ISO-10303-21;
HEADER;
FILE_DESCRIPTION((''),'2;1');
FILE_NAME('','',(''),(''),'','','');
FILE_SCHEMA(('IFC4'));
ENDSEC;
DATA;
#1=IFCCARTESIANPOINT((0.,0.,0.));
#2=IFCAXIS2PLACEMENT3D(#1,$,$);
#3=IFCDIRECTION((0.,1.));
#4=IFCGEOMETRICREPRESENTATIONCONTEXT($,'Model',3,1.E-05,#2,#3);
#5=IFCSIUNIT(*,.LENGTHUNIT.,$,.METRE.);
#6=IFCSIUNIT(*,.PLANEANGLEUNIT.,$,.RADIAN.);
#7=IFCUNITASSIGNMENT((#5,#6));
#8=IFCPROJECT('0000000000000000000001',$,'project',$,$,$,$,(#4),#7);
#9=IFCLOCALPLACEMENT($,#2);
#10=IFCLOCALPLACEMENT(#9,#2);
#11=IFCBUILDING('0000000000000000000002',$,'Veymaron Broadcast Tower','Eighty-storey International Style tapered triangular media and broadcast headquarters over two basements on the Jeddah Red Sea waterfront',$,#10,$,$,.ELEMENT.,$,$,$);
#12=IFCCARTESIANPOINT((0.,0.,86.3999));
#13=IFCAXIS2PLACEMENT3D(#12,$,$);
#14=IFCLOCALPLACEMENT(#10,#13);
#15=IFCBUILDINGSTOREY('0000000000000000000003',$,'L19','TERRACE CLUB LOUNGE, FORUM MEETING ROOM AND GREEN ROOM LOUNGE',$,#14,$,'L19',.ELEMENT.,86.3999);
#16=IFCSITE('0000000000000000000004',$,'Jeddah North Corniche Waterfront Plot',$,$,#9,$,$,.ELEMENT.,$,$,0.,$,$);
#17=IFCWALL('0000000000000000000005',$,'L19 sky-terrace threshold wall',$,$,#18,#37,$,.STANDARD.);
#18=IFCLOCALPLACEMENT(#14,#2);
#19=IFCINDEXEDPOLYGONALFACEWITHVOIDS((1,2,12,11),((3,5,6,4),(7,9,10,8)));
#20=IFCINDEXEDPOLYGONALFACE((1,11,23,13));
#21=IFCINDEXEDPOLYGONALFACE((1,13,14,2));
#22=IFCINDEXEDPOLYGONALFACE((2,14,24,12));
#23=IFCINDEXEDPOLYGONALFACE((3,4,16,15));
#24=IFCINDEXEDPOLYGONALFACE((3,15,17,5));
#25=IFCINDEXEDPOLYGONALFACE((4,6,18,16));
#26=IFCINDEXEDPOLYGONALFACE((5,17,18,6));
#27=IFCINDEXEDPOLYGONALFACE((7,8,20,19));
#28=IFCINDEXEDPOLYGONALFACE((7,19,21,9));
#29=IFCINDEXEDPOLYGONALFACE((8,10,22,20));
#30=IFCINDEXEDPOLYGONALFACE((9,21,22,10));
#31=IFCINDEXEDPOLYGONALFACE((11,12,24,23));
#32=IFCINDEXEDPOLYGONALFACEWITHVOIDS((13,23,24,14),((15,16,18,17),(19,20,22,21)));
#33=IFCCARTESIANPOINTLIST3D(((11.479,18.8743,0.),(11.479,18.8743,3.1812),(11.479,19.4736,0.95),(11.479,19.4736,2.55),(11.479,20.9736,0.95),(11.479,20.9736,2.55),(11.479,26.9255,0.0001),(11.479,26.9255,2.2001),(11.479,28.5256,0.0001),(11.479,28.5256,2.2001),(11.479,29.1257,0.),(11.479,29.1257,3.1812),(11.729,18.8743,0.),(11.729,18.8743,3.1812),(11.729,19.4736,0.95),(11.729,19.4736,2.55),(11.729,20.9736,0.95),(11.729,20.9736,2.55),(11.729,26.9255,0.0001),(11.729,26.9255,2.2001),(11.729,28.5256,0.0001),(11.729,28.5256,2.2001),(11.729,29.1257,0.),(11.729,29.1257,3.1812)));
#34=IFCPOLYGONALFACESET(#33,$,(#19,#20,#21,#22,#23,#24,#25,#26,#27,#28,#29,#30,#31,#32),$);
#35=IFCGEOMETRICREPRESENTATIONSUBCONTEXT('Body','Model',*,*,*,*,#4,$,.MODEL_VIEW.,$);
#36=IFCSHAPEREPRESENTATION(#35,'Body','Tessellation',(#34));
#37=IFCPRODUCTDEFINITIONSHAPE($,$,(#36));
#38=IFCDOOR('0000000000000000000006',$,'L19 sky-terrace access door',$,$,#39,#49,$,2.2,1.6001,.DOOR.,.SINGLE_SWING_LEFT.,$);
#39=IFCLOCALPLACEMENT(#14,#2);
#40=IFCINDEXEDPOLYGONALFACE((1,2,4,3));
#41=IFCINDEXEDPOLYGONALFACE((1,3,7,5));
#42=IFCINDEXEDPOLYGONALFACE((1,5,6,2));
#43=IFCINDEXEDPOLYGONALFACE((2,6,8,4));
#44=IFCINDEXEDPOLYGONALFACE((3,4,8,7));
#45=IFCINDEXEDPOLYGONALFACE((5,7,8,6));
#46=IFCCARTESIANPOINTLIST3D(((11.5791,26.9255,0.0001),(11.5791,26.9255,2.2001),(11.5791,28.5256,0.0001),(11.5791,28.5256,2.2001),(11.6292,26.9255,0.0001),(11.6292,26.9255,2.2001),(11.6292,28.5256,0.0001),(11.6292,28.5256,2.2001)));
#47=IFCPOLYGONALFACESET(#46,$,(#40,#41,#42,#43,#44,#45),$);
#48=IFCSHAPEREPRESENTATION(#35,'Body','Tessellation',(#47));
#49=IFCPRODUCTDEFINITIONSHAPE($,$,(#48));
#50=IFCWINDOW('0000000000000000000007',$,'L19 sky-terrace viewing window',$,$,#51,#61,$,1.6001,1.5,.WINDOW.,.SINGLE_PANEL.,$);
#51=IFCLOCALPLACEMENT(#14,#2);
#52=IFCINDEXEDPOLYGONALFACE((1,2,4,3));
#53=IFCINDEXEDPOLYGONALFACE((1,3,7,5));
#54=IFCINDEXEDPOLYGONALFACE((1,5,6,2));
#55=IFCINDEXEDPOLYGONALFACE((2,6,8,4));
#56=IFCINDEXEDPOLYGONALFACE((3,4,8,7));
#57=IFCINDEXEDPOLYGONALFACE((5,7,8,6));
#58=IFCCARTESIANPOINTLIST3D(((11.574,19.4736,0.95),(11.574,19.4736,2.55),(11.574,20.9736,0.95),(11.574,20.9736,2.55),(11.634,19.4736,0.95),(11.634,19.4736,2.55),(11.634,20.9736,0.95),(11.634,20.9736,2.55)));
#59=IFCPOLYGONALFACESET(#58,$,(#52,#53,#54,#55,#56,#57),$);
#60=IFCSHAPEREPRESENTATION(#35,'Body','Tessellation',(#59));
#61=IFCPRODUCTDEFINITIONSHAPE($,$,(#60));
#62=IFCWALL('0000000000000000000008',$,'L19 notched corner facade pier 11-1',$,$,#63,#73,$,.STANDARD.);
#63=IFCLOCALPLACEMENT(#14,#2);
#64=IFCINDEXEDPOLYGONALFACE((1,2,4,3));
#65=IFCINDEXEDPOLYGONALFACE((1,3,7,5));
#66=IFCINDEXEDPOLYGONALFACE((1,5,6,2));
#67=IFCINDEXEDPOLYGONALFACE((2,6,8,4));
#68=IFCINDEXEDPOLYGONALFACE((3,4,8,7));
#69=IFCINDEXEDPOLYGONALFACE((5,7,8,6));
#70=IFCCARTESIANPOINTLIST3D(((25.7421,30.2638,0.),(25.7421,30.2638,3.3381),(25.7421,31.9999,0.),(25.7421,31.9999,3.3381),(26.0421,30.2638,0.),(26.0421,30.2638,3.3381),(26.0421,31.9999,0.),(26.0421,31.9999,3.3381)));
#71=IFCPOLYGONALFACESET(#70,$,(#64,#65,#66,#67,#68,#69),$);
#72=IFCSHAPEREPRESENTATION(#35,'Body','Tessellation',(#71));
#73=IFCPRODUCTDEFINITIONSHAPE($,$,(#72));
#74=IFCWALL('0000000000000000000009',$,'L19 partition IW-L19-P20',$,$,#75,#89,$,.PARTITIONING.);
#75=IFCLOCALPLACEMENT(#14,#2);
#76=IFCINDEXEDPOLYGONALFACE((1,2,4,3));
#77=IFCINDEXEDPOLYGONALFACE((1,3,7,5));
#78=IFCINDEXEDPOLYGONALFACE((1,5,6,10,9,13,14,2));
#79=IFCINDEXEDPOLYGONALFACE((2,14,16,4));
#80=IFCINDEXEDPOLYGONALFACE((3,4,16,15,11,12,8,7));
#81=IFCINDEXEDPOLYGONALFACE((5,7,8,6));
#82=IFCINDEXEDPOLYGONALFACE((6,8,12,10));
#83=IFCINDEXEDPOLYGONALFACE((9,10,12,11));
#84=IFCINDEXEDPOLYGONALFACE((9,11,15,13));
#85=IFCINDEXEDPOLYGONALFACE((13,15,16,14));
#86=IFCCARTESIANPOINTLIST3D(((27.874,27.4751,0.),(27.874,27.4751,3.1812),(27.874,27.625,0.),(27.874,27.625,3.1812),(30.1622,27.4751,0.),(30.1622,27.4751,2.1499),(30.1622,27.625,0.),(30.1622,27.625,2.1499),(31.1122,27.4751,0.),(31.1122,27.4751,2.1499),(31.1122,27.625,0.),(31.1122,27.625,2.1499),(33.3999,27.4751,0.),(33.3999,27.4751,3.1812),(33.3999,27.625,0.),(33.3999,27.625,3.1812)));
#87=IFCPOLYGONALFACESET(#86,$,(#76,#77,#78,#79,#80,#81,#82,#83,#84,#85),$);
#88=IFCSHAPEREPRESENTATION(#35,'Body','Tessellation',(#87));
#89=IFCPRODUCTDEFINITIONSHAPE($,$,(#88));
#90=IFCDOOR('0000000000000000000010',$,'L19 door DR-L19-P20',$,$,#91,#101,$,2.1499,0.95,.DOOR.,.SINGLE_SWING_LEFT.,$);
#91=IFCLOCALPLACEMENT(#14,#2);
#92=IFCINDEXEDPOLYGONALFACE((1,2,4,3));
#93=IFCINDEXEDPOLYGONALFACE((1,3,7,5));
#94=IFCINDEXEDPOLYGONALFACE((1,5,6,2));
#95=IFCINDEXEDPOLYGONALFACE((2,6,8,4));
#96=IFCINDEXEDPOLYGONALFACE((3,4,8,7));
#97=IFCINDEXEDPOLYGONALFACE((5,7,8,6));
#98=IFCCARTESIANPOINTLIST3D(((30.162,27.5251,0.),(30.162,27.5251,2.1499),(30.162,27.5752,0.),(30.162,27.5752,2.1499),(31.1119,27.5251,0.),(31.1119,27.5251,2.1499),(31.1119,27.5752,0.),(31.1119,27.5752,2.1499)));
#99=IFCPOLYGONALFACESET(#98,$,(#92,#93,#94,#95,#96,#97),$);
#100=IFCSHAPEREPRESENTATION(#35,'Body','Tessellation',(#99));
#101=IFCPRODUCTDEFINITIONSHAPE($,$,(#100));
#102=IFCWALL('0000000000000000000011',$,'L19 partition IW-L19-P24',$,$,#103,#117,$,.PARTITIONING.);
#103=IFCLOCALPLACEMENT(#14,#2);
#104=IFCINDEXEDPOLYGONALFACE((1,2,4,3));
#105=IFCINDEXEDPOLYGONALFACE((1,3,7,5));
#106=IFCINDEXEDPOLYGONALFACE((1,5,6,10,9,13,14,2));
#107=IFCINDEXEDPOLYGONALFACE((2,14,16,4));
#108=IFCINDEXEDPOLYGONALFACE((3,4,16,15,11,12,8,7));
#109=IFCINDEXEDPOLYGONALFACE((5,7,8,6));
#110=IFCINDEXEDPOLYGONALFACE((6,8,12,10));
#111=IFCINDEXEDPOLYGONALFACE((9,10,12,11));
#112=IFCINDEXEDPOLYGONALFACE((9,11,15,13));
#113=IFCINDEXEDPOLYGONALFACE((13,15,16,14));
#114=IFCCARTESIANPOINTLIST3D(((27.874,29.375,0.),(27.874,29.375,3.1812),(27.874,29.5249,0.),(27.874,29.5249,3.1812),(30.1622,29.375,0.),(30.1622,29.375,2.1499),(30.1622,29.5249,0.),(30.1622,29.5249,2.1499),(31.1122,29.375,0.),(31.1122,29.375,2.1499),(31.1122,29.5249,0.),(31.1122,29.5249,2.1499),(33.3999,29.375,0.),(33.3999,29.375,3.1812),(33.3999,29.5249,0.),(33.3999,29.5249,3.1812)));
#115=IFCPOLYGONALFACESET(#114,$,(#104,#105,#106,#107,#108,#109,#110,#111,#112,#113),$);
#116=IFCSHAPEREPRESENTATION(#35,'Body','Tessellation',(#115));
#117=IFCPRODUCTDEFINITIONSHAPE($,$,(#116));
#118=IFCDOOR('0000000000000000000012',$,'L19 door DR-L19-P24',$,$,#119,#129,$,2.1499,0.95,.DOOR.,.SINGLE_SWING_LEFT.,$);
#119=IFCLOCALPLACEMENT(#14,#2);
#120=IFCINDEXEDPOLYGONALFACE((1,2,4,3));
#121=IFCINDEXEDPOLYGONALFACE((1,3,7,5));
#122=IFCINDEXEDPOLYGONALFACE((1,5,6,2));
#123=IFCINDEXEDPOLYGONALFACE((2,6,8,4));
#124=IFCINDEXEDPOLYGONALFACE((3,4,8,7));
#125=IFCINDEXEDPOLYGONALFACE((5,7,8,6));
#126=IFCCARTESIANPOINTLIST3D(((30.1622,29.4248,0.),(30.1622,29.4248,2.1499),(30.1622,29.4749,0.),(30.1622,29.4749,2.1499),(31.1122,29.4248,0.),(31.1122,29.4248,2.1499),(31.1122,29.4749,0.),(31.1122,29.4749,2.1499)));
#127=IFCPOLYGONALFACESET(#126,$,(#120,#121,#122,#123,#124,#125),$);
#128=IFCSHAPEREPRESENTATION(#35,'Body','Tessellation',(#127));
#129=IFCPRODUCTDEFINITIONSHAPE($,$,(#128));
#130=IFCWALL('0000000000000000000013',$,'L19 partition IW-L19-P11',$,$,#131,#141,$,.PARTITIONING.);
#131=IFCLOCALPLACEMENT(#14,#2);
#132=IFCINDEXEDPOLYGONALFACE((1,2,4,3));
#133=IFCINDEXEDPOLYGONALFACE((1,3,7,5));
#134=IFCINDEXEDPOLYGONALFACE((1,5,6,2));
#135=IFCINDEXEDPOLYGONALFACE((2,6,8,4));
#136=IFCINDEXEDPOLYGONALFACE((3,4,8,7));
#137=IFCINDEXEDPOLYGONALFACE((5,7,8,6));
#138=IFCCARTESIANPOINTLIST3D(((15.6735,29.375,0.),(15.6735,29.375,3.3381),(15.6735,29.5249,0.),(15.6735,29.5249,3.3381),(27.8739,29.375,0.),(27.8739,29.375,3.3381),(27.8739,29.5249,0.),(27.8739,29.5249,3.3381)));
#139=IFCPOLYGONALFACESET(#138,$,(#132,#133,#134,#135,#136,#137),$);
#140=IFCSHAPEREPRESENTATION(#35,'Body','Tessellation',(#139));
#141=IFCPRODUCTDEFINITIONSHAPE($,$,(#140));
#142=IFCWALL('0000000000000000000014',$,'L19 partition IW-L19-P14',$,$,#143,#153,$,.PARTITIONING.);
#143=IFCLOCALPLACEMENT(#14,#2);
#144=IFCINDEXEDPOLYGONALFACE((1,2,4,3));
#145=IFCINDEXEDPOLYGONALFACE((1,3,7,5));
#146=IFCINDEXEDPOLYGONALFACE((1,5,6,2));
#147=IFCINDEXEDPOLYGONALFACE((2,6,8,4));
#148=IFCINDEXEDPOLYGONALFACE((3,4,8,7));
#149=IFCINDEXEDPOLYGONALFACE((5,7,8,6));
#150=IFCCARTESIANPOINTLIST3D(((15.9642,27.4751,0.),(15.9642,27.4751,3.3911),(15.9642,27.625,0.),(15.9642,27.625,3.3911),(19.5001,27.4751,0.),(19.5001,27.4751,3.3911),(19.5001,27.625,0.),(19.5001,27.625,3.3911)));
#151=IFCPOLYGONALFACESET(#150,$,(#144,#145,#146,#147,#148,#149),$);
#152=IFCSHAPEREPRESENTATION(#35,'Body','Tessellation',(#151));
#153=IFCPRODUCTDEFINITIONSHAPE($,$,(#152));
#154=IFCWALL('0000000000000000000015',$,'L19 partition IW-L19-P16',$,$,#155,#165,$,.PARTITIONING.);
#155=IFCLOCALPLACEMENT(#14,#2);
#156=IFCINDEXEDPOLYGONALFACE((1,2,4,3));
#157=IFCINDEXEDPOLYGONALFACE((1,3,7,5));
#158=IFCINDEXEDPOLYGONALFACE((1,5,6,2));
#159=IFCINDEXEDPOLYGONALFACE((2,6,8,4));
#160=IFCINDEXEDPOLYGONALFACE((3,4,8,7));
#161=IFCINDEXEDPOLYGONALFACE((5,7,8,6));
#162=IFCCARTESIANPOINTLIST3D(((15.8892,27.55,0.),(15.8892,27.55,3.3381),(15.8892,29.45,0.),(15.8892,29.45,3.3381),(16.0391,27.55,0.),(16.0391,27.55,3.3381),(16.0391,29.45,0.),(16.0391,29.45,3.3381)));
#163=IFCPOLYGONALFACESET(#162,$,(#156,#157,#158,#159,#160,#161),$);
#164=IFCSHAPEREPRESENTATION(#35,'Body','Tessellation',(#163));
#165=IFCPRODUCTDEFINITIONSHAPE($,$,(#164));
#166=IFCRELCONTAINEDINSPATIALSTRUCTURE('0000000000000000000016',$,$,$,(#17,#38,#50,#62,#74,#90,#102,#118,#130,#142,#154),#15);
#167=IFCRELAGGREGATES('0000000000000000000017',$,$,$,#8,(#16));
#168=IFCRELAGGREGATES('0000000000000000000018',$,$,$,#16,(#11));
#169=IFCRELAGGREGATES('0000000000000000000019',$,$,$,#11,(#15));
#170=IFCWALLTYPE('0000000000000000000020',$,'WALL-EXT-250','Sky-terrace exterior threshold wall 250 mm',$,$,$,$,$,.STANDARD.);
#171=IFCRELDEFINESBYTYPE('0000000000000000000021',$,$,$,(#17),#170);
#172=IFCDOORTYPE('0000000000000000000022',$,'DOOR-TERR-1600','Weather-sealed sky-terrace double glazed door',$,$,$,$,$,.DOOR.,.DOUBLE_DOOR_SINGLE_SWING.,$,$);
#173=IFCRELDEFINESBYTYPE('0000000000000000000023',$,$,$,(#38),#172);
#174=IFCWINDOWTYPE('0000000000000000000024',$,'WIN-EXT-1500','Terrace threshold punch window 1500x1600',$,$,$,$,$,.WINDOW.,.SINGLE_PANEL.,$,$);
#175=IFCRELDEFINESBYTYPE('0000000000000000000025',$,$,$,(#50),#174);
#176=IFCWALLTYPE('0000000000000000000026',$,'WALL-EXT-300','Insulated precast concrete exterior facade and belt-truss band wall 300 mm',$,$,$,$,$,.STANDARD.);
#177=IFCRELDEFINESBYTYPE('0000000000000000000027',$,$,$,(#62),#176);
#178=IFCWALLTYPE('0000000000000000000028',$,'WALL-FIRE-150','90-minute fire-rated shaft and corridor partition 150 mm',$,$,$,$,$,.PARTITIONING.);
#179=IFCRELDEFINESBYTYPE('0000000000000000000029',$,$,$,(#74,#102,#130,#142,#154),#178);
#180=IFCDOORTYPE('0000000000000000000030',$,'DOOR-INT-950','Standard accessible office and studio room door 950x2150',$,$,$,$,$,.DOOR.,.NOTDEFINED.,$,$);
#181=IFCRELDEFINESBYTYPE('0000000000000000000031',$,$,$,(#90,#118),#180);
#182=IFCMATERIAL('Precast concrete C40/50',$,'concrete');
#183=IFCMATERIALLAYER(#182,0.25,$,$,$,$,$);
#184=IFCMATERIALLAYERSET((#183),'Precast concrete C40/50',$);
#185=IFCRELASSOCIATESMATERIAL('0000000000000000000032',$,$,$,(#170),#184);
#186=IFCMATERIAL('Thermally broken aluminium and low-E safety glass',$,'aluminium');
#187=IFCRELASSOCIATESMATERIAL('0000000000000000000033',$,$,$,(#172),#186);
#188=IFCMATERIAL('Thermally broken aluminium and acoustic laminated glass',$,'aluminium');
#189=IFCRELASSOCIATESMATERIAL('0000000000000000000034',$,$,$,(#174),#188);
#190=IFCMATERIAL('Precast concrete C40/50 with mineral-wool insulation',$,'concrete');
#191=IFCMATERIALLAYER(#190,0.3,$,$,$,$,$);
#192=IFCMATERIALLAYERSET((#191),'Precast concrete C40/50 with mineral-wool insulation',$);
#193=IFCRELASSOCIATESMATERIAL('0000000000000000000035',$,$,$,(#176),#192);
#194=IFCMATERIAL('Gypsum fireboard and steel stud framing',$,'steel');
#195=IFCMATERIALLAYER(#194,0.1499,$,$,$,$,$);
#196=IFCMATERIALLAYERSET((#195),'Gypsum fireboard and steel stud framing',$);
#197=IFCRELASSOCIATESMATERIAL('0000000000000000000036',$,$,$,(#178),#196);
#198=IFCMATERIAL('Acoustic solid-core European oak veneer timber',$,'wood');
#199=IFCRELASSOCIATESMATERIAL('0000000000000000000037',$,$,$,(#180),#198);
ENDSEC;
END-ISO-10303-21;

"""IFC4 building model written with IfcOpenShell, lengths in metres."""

from ifc_helpers import new_model, si_unit, direction, frame, frame_2d, origin, place, context, subcontext, project, spatial, rectangle, extrude, material, layer, layer_set, type_object, element, fill, save


model = new_model("IFC4")

# Units and contexts
model_context = context("Model", 3, precision=1e-05, world=origin(), true_north=direction((0.0, 1.0)))
body_context = subcontext(model_context, "Body", "Model", "MODEL_VIEW")
ifc_project = project(units=[si_unit("LENGTHUNIT", "METRE"), si_unit("PLANEANGLEUNIT", "RADIAN")], contexts=[model_context])

# Site, building, storey
site_placement = place(None, origin())
site = spatial("IfcSite", under=ifc_project, at=site_placement, Name="Jeddah North Corniche Waterfront Plot", CompositionType="ELEMENT", RefElevation=0.0)
building_placement = place(site_placement, origin())
building = spatial("IfcBuilding", under=site, at=building_placement, Name="Veymaron Broadcast Tower", Description="Eighty-storey International Style tapered triangular media and broadcast headquarters over two basements on the Jeddah Red Sea waterfront", CompositionType="ELEMENT")
storey_placement = place(building_placement, frame((0.0, 0.0, 86.3999)))
storey = spatial("IfcBuildingStorey", under=building, at=storey_placement, Name="L19", Description="TERRACE CLUB LOUNGE, FORUM MEETING ROOM AND GREEN ROOM LOUNGE", LongName="L19", CompositionType="ELEMENT", Elevation=86.3999)

# Wall, openings, door, window
ifc_material_1 = material(Name="Precast concrete C40/50", Category="concrete")
ifc_layer_1 = layer(ifc_material_1, 0.25)
ifc_layer_set_1 = layer_set([ifc_layer_1], Name="Precast concrete C40/50")
wall_type_1 = type_object("IfcWallType", Name="WALL-EXT-250", Description="Sky-terrace exterior threshold wall 250 mm", PredefinedType="STANDARD", material=ifc_layer_set_1)
wall_1_placement = place(storey_placement, frame((11.604, 29.1257, 0.0), z_axis=(0.0, 0.0, 1.0), x_axis=(0.0, -1.0, 0.0)))
wall_1 = element("IfcWall", 1, at=wall_1_placement, inside=storey, type_object=wall_type_1, Name="L19 sky-terrace threshold wall", PredefinedType="STANDARD", context=body_context, shape_type="SweptSolid", body=[
    extrude(rectangle(XDim=10.2515, YDim=0.25, at=frame_2d((5.1257, 0.0))), origin(), (0.0, 0.0, 1.0), 3.1812),
])
opening_1_placement = place(wall_1_placement, frame((0.6001, 0.0, 0.0)))
opening_1 = element("IfcOpeningElement", 2, at=opening_1_placement, cuts=wall_1, PredefinedType="OPENING", context=body_context, shape_type="SweptSolid", body=[
    extrude(rectangle(XDim=1.6001, YDim=2.2, at=frame_2d((0.8, 1.1001))), frame((0.0, 0.135, 0.0), z_axis=(0.0, -1.0, 0.0), x_axis=(1.0, 0.0, 0.0)), (0.0, 0.0, 1.0), 0.27),
])
opening_2_placement = place(wall_1_placement, frame((8.1521, 0.0, 0.95)))
opening_2 = element("IfcOpeningElement", 3, at=opening_2_placement, cuts=wall_1, PredefinedType="OPENING", context=body_context, shape_type="SweptSolid", body=[
    extrude(rectangle(XDim=1.5, YDim=1.6001, at=frame_2d((0.75, 0.8))), frame((0.0, 0.135, 0.0), z_axis=(0.0, -1.0, 0.0), x_axis=(1.0, 0.0, 0.0)), (0.0, 0.0, 1.0), 0.27),
])
ifc_material_2 = material(Name="Thermally broken aluminium and low-E safety glass", Category="aluminium")
door_type_1 = type_object("IfcDoorType", Name="DOOR-TERR-1600", Description="Weather-sealed sky-terrace double glazed door", OperationType="DOUBLE_DOOR_SINGLE_SWING", PredefinedType="DOOR", material=ifc_material_2)
door_1_placement = place(opening_1_placement, frame((1.6001, 0.0, 0.0), z_axis=(0.0, 0.0, 1.0), x_axis=(-1.0, 0.0, 0.0)))
door_1 = element("IfcDoor", 4, at=door_1_placement, inside=storey, type_object=door_type_1, Name="L19 sky-terrace access door", OperationType="SINGLE_SWING_LEFT", OverallHeight=2.2, OverallWidth=1.6001, PredefinedType="DOOR", context=body_context, shape_type="SweptSolid", body=[
    extrude(rectangle(XDim=1.6001, YDim=2.2, at=frame_2d((0.8, 1.1001))), frame((0.0, 0.0249, 0.0), z_axis=(0.0, -1.0, 0.0), x_axis=(1.0, 0.0, 0.0)), (0.0, 0.0, 1.0), 0.05),
])
fill(opening_1, door_1)
ifc_material_3 = material(Name="Thermally broken aluminium and acoustic laminated glass", Category="aluminium")
window_type = type_object("IfcWindowType", Name="WIN-EXT-1500", Description="Terrace threshold punch window 1500x1600", PartitioningType="SINGLE_PANEL", PredefinedType="WINDOW", material=ifc_material_3)
window_placement = place(opening_2_placement, origin())
window = element("IfcWindow", 5, at=window_placement, inside=storey, type_object=window_type, Name="L19 sky-terrace viewing window", OverallHeight=1.6001, OverallWidth=1.5, PartitioningType="SINGLE_PANEL", PredefinedType="WINDOW", context=body_context, shape_type="SweptSolid", body=[
    extrude(rectangle(XDim=1.5, YDim=1.6001, at=frame_2d((0.75, 0.8))), frame((0.0, 0.03, 0.0), z_axis=(0.0, -1.0, 0.0), x_axis=(1.0, 0.0, 0.0)), (0.0, 0.0, 1.0), 0.0601),
])
fill(opening_2, window)

# Wall
ifc_material_4 = material(Name="Precast concrete C40/50 with mineral-wool insulation", Category="concrete")
ifc_layer_2 = layer(ifc_material_4, 0.3)
ifc_layer_set_2 = layer_set([ifc_layer_2], Name="Precast concrete C40/50 with mineral-wool insulation")
wall_type_2 = type_object("IfcWallType", Name="WALL-EXT-300", Description="Insulated precast concrete exterior facade and belt-truss band wall 300 mm", PredefinedType="STANDARD", material=ifc_layer_set_2)
wall_2_placement = place(storey_placement, frame((25.8921, 32.0, 0.0), z_axis=(0.0, 0.0, 1.0), x_axis=(0.0, -1.0, 0.0)))
element("IfcWall", 6, at=wall_2_placement, inside=storey, type_object=wall_type_2, Name="L19 notched corner facade pier 11-1", PredefinedType="STANDARD", context=body_context, shape_type="SweptSolid", body=[
    extrude(rectangle(XDim=1.7361, YDim=0.3, at=frame_2d((0.8682, 0.0))), origin(), (0.0, 0.0, 1.0), 3.3381),
])

# Walls, openings, doors
ifc_material_5 = material(Name="Gypsum fireboard and steel stud framing", Category="steel")
ifc_layer_3 = layer(ifc_material_5, 0.1499)
ifc_layer_set_3 = layer_set([ifc_layer_3], Name="Gypsum fireboard and steel stud framing")
wall_type_3 = type_object("IfcWallType", Name="WALL-FIRE-150", Description="90-minute fire-rated shaft and corridor partition 150 mm", PredefinedType="PARTITIONING", material=ifc_layer_set_3)
wall_3_placement = place(storey_placement, frame((27.874, 27.55, 0.0), z_axis=(0.0, 0.0, 1.0), x_axis=(1.0, 0.0, 0.0)))
wall_3 = element("IfcWall", 7, at=wall_3_placement, inside=storey, type_object=wall_type_3, Name="L19 partition IW-L19-P20", PredefinedType="PARTITIONING", context=body_context, shape_type="SweptSolid", body=[
    extrude(rectangle(XDim=5.5259, YDim=0.1499, at=frame_2d((2.7629, 0.0))), origin(), (0.0, 0.0, 1.0), 3.1812),
])
opening_3_placement = place(wall_3_placement, frame((2.2881, 0.0, 0.0)))
opening_3 = element("IfcOpeningElement", 8, at=opening_3_placement, cuts=wall_3, PredefinedType="OPENING", context=body_context, shape_type="SweptSolid", body=[
    extrude(rectangle(XDim=0.95, YDim=2.1499, at=frame_2d((0.4751, 1.075))), frame((0.0, 0.085, 0.0), z_axis=(0.0, -1.0, 0.0), x_axis=(1.0, 0.0, 0.0)), (0.0, 0.0, 1.0), 0.1699),
])
ifc_material_6 = material(Name="Acoustic solid-core European oak veneer timber", Category="wood")
door_type_2 = type_object("IfcDoorType", Name="DOOR-INT-950", Description="Standard accessible office and studio room door 950x2150", OperationType="NOTDEFINED", PredefinedType="DOOR", material=ifc_material_6)
door_2_placement = place(opening_3_placement, frame((0.95, 0.0, 0.0), z_axis=(0.0, 0.0, 1.0), x_axis=(-1.0, 0.0, 0.0)))
door_2 = element("IfcDoor", 9, at=door_2_placement, inside=storey, type_object=door_type_2, Name="L19 door DR-L19-P20", OperationType="SINGLE_SWING_LEFT", OverallHeight=2.1499, OverallWidth=0.95, PredefinedType="DOOR", context=body_context, shape_type="SweptSolid", body=[
    extrude(rectangle(XDim=0.95, YDim=2.1499, at=frame_2d((0.4751, 1.075))), frame((0.0, 0.0249, 0.0), z_axis=(0.0, -1.0, 0.0), x_axis=(1.0, 0.0, 0.0)), (0.0, 0.0, 1.0), 0.05),
])
fill(opening_3, door_2)
wall_4_placement = place(storey_placement, frame((27.874, 29.45, 0.0), z_axis=(0.0, 0.0, 1.0), x_axis=(1.0, 0.0, 0.0)))
wall_4 = element("IfcWall", 10, at=wall_4_placement, inside=storey, type_object=wall_type_3, Name="L19 partition IW-L19-P24", PredefinedType="PARTITIONING", context=body_context, shape_type="SweptSolid", body=[
    extrude(rectangle(XDim=5.5259, YDim=0.1499, at=frame_2d((2.7629, 0.0))), origin(), (0.0, 0.0, 1.0), 3.1812),
])
opening_4_placement = place(wall_4_placement, frame((2.2881, 0.0, 0.0)))
opening_4 = element("IfcOpeningElement", 11, at=opening_4_placement, cuts=wall_4, PredefinedType="OPENING", context=body_context, shape_type="SweptSolid", body=[
    extrude(rectangle(XDim=0.95, YDim=2.1499, at=frame_2d((0.4751, 1.075))), frame((0.0, 0.085, 0.0), z_axis=(0.0, -1.0, 0.0), x_axis=(1.0, 0.0, 0.0)), (0.0, 0.0, 1.0), 0.1699),
])
door_3_placement = place(opening_4_placement, origin())
door_3 = element("IfcDoor", 12, at=door_3_placement, inside=storey, type_object=door_type_2, Name="L19 door DR-L19-P24", OperationType="SINGLE_SWING_LEFT", OverallHeight=2.1499, OverallWidth=0.95, PredefinedType="DOOR", context=body_context, shape_type="SweptSolid", body=[
    extrude(rectangle(XDim=0.95, YDim=2.1499, at=frame_2d((0.4751, 1.075))), frame((0.0, 0.0249, 0.0), z_axis=(0.0, -1.0, 0.0), x_axis=(1.0, 0.0, 0.0)), (0.0, 0.0, 1.0), 0.05),
])
fill(opening_4, door_3)

# Walls
wall_5_placement = place(storey_placement, frame((15.6736, 29.45, 0.0), z_axis=(0.0, 0.0, 1.0), x_axis=(1.0, 0.0, 0.0)))
element("IfcWall", 13, at=wall_5_placement, inside=storey, type_object=wall_type_3, Name="L19 partition IW-L19-P11", PredefinedType="PARTITIONING", context=body_context, shape_type="SweptSolid", body=[
    extrude(rectangle(XDim=12.2004, YDim=0.1499, at=frame_2d((6.1001, 0.0))), origin(), (0.0, 0.0, 1.0), 3.3381),
])
wall_6_placement = place(storey_placement, frame((15.9641, 27.55, 0.0), z_axis=(0.0, 0.0, 1.0), x_axis=(1.0, 0.0, 0.0)))
element("IfcWall", 14, at=wall_6_placement, inside=storey, type_object=wall_type_3, Name="L19 partition IW-L19-P14", PredefinedType="PARTITIONING", context=body_context, shape_type="SweptSolid", body=[
    extrude(rectangle(XDim=3.5359, YDim=0.1499, at=frame_2d((1.7681, 0.0))), origin(), (0.0, 0.0, 1.0), 3.3911),
])
wall_7_placement = place(storey_placement, frame((15.9641, 27.55, 0.0), z_axis=(0.0, 0.0, 1.0), x_axis=(0.0, 1.0, 0.0)))
element("IfcWall", 15, at=wall_7_placement, inside=storey, type_object=wall_type_3, Name="L19 partition IW-L19-P16", PredefinedType="PARTITIONING", context=body_context, shape_type="SweptSolid", body=[
    extrude(rectangle(XDim=1.8999, YDim=0.1499, at=frame_2d((0.95, 0.0))), origin(), (0.0, 0.0, 1.0), 3.3381),
])

save(model, "model.ifc")
